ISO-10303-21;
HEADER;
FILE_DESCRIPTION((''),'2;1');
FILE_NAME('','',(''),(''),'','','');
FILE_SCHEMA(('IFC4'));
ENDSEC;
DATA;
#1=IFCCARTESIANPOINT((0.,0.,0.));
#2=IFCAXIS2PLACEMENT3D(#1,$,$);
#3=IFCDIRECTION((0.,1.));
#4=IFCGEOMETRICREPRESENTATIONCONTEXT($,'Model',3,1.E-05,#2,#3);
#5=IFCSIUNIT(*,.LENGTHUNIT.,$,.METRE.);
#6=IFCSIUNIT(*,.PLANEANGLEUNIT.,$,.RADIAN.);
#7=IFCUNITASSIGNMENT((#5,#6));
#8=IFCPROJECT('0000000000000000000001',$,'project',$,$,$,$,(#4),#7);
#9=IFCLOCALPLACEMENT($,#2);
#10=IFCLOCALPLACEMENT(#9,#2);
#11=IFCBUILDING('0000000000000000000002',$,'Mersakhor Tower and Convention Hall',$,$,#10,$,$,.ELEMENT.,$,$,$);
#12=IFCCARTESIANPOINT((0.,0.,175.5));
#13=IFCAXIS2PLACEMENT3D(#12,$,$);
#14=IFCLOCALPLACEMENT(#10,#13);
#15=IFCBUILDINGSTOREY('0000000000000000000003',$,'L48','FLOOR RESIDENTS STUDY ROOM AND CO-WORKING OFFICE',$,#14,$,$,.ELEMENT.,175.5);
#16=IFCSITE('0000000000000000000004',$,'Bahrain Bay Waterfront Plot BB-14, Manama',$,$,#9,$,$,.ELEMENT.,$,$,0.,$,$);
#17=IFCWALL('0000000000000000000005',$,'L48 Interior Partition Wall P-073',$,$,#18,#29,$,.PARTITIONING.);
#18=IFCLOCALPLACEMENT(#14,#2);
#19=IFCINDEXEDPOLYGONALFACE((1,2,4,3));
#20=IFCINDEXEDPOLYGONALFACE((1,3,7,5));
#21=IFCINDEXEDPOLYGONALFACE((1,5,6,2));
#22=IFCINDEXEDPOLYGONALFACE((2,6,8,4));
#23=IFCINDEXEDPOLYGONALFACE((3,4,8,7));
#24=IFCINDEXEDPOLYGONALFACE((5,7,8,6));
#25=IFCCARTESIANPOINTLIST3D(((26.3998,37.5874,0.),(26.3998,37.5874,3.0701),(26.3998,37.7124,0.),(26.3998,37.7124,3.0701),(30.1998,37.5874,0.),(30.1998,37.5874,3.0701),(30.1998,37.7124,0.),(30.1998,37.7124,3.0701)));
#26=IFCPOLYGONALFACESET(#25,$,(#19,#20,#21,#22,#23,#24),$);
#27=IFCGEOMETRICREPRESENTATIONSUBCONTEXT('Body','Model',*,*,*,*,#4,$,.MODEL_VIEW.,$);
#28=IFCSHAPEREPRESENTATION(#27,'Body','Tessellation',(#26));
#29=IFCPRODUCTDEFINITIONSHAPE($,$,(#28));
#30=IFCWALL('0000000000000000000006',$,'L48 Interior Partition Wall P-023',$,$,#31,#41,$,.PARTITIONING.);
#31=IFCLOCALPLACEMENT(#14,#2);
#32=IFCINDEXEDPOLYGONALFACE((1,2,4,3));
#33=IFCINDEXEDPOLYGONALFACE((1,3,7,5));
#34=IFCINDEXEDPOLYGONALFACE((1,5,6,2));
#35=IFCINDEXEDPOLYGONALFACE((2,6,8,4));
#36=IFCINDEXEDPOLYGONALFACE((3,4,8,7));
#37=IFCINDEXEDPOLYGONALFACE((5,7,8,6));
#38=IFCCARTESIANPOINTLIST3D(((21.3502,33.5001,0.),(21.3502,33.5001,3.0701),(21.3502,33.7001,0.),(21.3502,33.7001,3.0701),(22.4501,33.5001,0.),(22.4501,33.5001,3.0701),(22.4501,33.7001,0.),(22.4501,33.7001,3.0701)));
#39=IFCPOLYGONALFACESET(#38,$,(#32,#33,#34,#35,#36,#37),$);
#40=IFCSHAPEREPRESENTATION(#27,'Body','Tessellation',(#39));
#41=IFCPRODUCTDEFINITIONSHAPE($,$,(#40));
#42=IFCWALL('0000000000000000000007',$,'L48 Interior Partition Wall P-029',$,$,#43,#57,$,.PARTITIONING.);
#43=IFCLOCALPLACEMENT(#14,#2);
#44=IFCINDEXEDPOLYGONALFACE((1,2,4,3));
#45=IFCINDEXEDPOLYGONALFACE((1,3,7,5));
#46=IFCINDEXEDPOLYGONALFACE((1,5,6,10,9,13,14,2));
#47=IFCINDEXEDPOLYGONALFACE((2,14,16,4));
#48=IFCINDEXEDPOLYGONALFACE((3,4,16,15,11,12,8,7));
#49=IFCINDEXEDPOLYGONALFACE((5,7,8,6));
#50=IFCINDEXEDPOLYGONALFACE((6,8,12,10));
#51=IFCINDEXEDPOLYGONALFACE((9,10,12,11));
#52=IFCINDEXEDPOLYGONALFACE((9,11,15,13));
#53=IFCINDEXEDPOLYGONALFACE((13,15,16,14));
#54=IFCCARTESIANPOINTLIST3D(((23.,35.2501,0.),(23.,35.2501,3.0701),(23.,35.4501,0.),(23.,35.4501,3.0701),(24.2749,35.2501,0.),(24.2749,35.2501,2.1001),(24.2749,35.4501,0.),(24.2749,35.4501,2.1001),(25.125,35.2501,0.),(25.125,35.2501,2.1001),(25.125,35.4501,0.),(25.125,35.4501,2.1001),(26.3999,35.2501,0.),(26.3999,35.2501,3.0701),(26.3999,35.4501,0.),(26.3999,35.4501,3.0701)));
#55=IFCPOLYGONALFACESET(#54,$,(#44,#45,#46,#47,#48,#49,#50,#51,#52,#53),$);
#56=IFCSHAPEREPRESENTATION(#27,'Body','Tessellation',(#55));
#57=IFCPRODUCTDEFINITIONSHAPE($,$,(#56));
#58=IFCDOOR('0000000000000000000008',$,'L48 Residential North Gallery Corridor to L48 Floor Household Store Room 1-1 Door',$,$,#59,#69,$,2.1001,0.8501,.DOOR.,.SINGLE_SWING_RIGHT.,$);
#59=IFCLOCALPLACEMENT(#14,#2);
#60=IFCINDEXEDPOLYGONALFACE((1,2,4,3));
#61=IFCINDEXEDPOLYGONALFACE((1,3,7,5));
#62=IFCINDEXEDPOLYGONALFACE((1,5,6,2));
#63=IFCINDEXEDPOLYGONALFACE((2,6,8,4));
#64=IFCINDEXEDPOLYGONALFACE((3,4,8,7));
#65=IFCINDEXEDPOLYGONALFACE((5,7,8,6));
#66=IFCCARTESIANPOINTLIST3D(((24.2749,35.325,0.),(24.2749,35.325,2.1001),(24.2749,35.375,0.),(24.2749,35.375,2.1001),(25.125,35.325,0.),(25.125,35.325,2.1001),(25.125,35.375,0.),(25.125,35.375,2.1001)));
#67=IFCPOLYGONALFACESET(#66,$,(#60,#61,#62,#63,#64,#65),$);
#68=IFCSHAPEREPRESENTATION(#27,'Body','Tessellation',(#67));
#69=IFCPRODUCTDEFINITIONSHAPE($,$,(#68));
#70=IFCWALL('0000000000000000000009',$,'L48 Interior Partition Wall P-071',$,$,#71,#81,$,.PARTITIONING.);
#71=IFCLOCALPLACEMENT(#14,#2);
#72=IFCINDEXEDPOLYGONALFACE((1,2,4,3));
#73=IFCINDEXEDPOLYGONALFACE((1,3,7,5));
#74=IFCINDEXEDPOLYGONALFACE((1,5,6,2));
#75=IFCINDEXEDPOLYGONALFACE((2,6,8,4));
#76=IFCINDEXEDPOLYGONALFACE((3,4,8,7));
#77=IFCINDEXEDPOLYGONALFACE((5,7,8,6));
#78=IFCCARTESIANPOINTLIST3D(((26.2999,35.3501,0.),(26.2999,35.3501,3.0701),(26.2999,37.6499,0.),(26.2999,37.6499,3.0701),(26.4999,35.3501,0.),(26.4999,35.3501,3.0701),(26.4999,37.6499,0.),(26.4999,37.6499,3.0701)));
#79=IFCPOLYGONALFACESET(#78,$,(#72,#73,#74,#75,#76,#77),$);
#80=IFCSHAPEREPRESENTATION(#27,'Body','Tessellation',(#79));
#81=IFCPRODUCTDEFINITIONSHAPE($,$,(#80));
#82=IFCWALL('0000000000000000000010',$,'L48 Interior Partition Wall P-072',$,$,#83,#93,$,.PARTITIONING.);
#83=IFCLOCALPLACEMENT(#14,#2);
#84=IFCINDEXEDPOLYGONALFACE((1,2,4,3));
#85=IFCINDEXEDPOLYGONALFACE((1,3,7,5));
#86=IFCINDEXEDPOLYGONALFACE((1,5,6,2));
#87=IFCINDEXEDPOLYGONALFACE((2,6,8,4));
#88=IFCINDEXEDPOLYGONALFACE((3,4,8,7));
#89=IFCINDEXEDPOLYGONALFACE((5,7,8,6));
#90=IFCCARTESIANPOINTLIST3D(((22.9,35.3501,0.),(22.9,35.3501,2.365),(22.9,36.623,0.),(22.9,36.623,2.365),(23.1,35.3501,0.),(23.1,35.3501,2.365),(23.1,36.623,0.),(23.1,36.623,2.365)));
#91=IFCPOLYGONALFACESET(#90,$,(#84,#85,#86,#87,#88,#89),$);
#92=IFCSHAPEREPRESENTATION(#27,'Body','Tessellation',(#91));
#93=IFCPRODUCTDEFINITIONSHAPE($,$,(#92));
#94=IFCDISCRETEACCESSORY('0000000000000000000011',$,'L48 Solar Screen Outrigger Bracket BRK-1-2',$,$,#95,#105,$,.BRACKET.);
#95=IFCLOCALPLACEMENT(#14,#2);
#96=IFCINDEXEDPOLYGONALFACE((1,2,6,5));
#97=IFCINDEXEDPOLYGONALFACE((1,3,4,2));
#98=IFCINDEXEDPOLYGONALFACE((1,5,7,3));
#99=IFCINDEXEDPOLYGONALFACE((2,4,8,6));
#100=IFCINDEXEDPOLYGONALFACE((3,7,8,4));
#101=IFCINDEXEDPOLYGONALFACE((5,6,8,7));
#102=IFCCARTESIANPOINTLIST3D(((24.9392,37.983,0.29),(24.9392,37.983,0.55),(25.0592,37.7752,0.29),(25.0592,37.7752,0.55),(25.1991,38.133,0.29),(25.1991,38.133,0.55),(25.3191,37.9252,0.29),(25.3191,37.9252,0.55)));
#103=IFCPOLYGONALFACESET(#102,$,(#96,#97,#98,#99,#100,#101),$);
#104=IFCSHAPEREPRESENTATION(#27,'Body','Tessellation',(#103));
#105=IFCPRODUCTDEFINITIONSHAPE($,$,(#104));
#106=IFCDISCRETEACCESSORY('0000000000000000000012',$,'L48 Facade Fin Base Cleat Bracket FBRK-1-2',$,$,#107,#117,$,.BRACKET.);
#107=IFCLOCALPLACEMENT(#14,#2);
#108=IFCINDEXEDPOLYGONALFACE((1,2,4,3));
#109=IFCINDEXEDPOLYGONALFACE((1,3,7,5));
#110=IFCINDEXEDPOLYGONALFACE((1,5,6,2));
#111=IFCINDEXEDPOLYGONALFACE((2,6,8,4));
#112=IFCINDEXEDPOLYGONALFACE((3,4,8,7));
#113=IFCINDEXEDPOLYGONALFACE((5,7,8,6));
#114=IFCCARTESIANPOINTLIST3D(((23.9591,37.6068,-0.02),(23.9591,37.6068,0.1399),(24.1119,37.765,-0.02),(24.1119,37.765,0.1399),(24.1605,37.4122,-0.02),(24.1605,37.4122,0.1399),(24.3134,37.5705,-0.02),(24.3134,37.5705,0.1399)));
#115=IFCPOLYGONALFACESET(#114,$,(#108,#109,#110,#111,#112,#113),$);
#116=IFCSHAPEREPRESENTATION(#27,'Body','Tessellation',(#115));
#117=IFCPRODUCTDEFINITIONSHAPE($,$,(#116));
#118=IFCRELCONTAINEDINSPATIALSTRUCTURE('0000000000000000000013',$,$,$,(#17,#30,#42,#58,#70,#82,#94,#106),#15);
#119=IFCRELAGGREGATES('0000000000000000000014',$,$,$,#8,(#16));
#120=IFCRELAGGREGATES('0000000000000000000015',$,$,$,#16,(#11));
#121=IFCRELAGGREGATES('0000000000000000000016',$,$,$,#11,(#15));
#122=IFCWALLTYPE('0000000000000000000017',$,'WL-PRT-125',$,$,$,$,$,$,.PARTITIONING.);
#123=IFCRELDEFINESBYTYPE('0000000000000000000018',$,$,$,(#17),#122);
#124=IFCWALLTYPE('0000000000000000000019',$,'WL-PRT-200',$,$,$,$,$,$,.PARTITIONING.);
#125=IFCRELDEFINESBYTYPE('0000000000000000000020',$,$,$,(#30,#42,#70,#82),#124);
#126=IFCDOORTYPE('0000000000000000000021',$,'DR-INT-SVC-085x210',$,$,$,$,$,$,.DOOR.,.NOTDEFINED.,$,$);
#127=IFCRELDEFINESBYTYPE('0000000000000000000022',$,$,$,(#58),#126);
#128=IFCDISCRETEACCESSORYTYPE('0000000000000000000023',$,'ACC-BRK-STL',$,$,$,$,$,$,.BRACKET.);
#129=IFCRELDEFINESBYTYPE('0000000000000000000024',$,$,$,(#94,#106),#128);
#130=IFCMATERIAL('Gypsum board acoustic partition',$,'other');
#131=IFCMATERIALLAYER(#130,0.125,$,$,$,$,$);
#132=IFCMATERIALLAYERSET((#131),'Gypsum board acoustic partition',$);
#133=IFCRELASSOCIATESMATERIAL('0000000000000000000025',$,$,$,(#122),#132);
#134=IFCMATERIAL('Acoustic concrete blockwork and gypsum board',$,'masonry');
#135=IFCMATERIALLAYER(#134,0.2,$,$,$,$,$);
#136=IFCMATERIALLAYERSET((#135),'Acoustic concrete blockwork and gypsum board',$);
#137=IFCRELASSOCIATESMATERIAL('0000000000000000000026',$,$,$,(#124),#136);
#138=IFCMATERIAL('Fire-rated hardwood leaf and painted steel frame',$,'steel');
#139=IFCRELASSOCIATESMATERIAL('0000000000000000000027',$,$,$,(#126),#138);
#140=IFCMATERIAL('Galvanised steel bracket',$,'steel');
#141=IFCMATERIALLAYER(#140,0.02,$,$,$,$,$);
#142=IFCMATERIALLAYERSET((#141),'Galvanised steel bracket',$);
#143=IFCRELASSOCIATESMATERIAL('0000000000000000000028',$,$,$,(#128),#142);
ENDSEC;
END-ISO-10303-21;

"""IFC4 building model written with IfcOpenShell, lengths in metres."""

from ifc_helpers import new_model, si_unit, direction, frame, frame_2d, origin, origin_2d, place, context, subcontext, project, spatial, rectangle, extrude, material, layer, layer_set, type_object, element, fill, save


model = new_model("IFC4")

# Units and contexts
model_context = context("Model", 3, precision=1e-05, world=origin(), true_north=direction((0.0, 1.0)))
body_context = subcontext(model_context, "Body", "Model", "MODEL_VIEW")
ifc_project = project(units=[si_unit("LENGTHUNIT", "METRE"), si_unit("PLANEANGLEUNIT", "RADIAN")], contexts=[model_context])

# Site, building, storey
site_placement = place(None, origin())
site = spatial("IfcSite", under=ifc_project, at=site_placement, Name="Bahrain Bay Waterfront Plot BB-14, Manama", CompositionType="ELEMENT", RefElevation=0.0)
building_placement = place(site_placement, origin())
building = spatial("IfcBuilding", under=site, at=building_placement, Name="Mersakhor Tower and Convention Hall", CompositionType="ELEMENT")
storey_placement = place(building_placement, frame((0.0, 0.0, 175.5)))
storey = spatial("IfcBuildingStorey", under=building, at=storey_placement, Name="L48", Description="FLOOR RESIDENTS STUDY ROOM AND CO-WORKING OFFICE", CompositionType="ELEMENT", Elevation=175.5)

# Walls
ifc_material_1 = material(Name="Gypsum board acoustic partition", Category="other")
ifc_layer_1 = layer(ifc_material_1, 0.125)
ifc_layer_set_1 = layer_set([ifc_layer_1], Name="Gypsum board acoustic partition")
wall_type_1 = type_object("IfcWallType", Name="WL-PRT-125", PredefinedType="PARTITIONING", material=ifc_layer_set_1)
wall_1_placement = place(storey_placement, frame((26.3999, 37.6499, 0.0), z_axis=(0.0, 0.0, 1.0), x_axis=(1.0, 0.0, 0.0)))
element("IfcWall", 1, at=wall_1_placement, inside=storey, type_object=wall_type_1, Name="L48 Interior Partition Wall P-073", PredefinedType="PARTITIONING", context=body_context, shape_type="SweptSolid", body=[
    extrude(rectangle(XDim=3.8, YDim=0.125, at=frame_2d((1.8999, 0.0))), origin(), (0.0, 0.0, 1.0), 3.0701),
])
ifc_material_2 = material(Name="Acoustic concrete blockwork and gypsum board", Category="masonry")
ifc_layer_2 = layer(ifc_material_2, 0.2)
ifc_layer_set_2 = layer_set([ifc_layer_2], Name="Acoustic concrete blockwork and gypsum board")
wall_type_2 = type_object("IfcWallType", Name="WL-PRT-200", PredefinedType="PARTITIONING", material=ifc_layer_set_2)
wall_2_placement = place(storey_placement, frame((22.45, 33.6001, 0.0), z_axis=(0.0, 0.0, 1.0), x_axis=(-1.0, 0.0, 0.0)))
element("IfcWall", 2, at=wall_2_placement, inside=storey, type_object=wall_type_2, Name="L48 Interior Partition Wall P-023", PredefinedType="PARTITIONING", context=body_context, shape_type="SweptSolid", body=[
    extrude(rectangle(XDim=1.0999, YDim=0.2, at=frame_2d((0.5498, 0.0))), origin(), (0.0, 0.0, 1.0), 3.0701),
])

# Wall, opening, door
wall_3_placement = place(storey_placement, frame((23.0, 35.3501, 0.0), z_axis=(0.0, 0.0, 1.0), x_axis=(1.0, 0.0, 0.0)))
wall_3 = element("IfcWall", 3, at=wall_3_placement, inside=storey, type_object=wall_type_2, Name="L48 Interior Partition Wall P-029", PredefinedType="PARTITIONING", context=body_context, shape_type="SweptSolid", body=[
    extrude(rectangle(XDim=3.3999, YDim=0.2, at=frame_2d((1.7, 0.0))), origin(), (0.0, 0.0, 1.0), 3.0701),
])
opening_1_placement = place(wall_3_placement, frame((1.2749, 0.0, 0.0)))
opening_1 = element("IfcOpeningElement", 4, at=opening_1_placement, cuts=wall_3, PredefinedType="OPENING", context=body_context, shape_type="SweptSolid", body=[
    extrude(rectangle(XDim=0.8501, YDim=2.1001, at=frame_2d((0.425, 1.05))), frame((0.0, 0.1099, 0.0), z_axis=(0.0, -1.0, 0.0), x_axis=(1.0, 0.0, 0.0)), (0.0, 0.0, 1.0), 0.22),
])
ifc_material_3 = material(Name="Fire-rated hardwood leaf and painted steel frame", Category="steel")
door_type_1 = type_object("IfcDoorType", Name="DR-INT-SVC-085x210", OperationType="NOTDEFINED", PredefinedType="DOOR", material=ifc_material_3)
door_1_placement = place(opening_1_placement, origin())
door_1 = element("IfcDoor", 5, at=door_1_placement, inside=storey, type_object=door_type_1, Name="L48 Residential North Gallery Corridor to L48 Floor Household Store Room 1-1 Door", OperationType="SINGLE_SWING_RIGHT", OverallHeight=2.1001, OverallWidth=0.8501, PredefinedType="DOOR", context=body_context, shape_type="SweptSolid", body=[
    extrude(rectangle(XDim=0.8501, YDim=2.1001, at=frame_2d((0.425, 1.05))), frame((0.0, 0.0249, 0.0), z_axis=(0.0, -1.0, 0.0), x_axis=(1.0, 0.0, 0.0)), (0.0, 0.0, 1.0), 0.05),
])
fill(opening_1, door_1)

# Walls
wall_4_placement = place(storey_placement, frame((26.3999, 37.6499, 0.0), z_axis=(0.0, 0.0, 1.0), x_axis=(0.0, -1.0, 0.0)))
element("IfcWall", 6, at=wall_4_placement, inside=storey, type_object=wall_type_2, Name="L48 Interior Partition Wall P-071", PredefinedType="PARTITIONING", context=body_context, shape_type="SweptSolid", body=[
    extrude(rectangle(XDim=2.2998, YDim=0.2, at=frame_2d((1.1499, 0.0))), origin(), (0.0, 0.0, 1.0), 3.0701),
])
wall_5_placement = place(storey_placement, frame((23.0, 35.3501, 0.0), z_axis=(0.0, 0.0, 1.0), x_axis=(0.0, 1.0, 0.0)))
element("IfcWall", 7, at=wall_5_placement, inside=storey, type_object=wall_type_2, Name="L48 Interior Partition Wall P-072", PredefinedType="PARTITIONING", context=body_context, shape_type="SweptSolid", body=[
    extrude(rectangle(XDim=1.2729, YDim=0.2, at=frame_2d((0.6365, 0.0))), origin(), (0.0, 0.0, 1.0), 2.365),
])

# Discrete accessories
ifc_material_4 = material(Name="Galvanised steel bracket", Category="steel")
ifc_layer_3 = layer(ifc_material_4, 0.02)
ifc_layer_set_3 = layer_set([ifc_layer_3], Name="Galvanised steel bracket")
discrete_accessory_type = type_object("IfcDiscreteAccessoryType", Name="ACC-BRK-STL", PredefinedType="BRACKET", material=ifc_layer_set_3)
discrete_accessory_1_placement = place(storey_placement, frame((25.1292, 37.9541, 0.29), z_axis=(0.0, 0.0, 1.0), x_axis=(0.866025, 0.5, 0.0)))
element("IfcDiscreteAccessory", 8, at=discrete_accessory_1_placement, inside=storey, type_object=discrete_accessory_type, Name="L48 Solar Screen Outrigger Bracket BRK-1-2", PredefinedType="BRACKET", context=body_context, shape_type="SweptSolid", body=[
    extrude(rectangle(XDim=0.3, YDim=0.24, at=origin_2d()), origin(), (0.0, 0.0, 1.0), 0.26),
])
discrete_accessory_2_placement = place(storey_placement, frame((24.1362, 37.5886, -0.02), z_axis=(0.0, 0.0, 1.0), x_axis=(-0.71934, 0.694658, 0.0)))
element("IfcDiscreteAccessory", 9, at=discrete_accessory_2_placement, inside=storey, type_object=discrete_accessory_type, Name="L48 Facade Fin Base Cleat Bracket FBRK-1-2", PredefinedType="BRACKET", context=body_context, shape_type="SweptSolid", body=[
    extrude(rectangle(XDim=0.28, YDim=0.22, at=origin_2d()), origin(), (0.0, 0.0, 1.0), 0.1599),
])

save(model, "model.ifc")
